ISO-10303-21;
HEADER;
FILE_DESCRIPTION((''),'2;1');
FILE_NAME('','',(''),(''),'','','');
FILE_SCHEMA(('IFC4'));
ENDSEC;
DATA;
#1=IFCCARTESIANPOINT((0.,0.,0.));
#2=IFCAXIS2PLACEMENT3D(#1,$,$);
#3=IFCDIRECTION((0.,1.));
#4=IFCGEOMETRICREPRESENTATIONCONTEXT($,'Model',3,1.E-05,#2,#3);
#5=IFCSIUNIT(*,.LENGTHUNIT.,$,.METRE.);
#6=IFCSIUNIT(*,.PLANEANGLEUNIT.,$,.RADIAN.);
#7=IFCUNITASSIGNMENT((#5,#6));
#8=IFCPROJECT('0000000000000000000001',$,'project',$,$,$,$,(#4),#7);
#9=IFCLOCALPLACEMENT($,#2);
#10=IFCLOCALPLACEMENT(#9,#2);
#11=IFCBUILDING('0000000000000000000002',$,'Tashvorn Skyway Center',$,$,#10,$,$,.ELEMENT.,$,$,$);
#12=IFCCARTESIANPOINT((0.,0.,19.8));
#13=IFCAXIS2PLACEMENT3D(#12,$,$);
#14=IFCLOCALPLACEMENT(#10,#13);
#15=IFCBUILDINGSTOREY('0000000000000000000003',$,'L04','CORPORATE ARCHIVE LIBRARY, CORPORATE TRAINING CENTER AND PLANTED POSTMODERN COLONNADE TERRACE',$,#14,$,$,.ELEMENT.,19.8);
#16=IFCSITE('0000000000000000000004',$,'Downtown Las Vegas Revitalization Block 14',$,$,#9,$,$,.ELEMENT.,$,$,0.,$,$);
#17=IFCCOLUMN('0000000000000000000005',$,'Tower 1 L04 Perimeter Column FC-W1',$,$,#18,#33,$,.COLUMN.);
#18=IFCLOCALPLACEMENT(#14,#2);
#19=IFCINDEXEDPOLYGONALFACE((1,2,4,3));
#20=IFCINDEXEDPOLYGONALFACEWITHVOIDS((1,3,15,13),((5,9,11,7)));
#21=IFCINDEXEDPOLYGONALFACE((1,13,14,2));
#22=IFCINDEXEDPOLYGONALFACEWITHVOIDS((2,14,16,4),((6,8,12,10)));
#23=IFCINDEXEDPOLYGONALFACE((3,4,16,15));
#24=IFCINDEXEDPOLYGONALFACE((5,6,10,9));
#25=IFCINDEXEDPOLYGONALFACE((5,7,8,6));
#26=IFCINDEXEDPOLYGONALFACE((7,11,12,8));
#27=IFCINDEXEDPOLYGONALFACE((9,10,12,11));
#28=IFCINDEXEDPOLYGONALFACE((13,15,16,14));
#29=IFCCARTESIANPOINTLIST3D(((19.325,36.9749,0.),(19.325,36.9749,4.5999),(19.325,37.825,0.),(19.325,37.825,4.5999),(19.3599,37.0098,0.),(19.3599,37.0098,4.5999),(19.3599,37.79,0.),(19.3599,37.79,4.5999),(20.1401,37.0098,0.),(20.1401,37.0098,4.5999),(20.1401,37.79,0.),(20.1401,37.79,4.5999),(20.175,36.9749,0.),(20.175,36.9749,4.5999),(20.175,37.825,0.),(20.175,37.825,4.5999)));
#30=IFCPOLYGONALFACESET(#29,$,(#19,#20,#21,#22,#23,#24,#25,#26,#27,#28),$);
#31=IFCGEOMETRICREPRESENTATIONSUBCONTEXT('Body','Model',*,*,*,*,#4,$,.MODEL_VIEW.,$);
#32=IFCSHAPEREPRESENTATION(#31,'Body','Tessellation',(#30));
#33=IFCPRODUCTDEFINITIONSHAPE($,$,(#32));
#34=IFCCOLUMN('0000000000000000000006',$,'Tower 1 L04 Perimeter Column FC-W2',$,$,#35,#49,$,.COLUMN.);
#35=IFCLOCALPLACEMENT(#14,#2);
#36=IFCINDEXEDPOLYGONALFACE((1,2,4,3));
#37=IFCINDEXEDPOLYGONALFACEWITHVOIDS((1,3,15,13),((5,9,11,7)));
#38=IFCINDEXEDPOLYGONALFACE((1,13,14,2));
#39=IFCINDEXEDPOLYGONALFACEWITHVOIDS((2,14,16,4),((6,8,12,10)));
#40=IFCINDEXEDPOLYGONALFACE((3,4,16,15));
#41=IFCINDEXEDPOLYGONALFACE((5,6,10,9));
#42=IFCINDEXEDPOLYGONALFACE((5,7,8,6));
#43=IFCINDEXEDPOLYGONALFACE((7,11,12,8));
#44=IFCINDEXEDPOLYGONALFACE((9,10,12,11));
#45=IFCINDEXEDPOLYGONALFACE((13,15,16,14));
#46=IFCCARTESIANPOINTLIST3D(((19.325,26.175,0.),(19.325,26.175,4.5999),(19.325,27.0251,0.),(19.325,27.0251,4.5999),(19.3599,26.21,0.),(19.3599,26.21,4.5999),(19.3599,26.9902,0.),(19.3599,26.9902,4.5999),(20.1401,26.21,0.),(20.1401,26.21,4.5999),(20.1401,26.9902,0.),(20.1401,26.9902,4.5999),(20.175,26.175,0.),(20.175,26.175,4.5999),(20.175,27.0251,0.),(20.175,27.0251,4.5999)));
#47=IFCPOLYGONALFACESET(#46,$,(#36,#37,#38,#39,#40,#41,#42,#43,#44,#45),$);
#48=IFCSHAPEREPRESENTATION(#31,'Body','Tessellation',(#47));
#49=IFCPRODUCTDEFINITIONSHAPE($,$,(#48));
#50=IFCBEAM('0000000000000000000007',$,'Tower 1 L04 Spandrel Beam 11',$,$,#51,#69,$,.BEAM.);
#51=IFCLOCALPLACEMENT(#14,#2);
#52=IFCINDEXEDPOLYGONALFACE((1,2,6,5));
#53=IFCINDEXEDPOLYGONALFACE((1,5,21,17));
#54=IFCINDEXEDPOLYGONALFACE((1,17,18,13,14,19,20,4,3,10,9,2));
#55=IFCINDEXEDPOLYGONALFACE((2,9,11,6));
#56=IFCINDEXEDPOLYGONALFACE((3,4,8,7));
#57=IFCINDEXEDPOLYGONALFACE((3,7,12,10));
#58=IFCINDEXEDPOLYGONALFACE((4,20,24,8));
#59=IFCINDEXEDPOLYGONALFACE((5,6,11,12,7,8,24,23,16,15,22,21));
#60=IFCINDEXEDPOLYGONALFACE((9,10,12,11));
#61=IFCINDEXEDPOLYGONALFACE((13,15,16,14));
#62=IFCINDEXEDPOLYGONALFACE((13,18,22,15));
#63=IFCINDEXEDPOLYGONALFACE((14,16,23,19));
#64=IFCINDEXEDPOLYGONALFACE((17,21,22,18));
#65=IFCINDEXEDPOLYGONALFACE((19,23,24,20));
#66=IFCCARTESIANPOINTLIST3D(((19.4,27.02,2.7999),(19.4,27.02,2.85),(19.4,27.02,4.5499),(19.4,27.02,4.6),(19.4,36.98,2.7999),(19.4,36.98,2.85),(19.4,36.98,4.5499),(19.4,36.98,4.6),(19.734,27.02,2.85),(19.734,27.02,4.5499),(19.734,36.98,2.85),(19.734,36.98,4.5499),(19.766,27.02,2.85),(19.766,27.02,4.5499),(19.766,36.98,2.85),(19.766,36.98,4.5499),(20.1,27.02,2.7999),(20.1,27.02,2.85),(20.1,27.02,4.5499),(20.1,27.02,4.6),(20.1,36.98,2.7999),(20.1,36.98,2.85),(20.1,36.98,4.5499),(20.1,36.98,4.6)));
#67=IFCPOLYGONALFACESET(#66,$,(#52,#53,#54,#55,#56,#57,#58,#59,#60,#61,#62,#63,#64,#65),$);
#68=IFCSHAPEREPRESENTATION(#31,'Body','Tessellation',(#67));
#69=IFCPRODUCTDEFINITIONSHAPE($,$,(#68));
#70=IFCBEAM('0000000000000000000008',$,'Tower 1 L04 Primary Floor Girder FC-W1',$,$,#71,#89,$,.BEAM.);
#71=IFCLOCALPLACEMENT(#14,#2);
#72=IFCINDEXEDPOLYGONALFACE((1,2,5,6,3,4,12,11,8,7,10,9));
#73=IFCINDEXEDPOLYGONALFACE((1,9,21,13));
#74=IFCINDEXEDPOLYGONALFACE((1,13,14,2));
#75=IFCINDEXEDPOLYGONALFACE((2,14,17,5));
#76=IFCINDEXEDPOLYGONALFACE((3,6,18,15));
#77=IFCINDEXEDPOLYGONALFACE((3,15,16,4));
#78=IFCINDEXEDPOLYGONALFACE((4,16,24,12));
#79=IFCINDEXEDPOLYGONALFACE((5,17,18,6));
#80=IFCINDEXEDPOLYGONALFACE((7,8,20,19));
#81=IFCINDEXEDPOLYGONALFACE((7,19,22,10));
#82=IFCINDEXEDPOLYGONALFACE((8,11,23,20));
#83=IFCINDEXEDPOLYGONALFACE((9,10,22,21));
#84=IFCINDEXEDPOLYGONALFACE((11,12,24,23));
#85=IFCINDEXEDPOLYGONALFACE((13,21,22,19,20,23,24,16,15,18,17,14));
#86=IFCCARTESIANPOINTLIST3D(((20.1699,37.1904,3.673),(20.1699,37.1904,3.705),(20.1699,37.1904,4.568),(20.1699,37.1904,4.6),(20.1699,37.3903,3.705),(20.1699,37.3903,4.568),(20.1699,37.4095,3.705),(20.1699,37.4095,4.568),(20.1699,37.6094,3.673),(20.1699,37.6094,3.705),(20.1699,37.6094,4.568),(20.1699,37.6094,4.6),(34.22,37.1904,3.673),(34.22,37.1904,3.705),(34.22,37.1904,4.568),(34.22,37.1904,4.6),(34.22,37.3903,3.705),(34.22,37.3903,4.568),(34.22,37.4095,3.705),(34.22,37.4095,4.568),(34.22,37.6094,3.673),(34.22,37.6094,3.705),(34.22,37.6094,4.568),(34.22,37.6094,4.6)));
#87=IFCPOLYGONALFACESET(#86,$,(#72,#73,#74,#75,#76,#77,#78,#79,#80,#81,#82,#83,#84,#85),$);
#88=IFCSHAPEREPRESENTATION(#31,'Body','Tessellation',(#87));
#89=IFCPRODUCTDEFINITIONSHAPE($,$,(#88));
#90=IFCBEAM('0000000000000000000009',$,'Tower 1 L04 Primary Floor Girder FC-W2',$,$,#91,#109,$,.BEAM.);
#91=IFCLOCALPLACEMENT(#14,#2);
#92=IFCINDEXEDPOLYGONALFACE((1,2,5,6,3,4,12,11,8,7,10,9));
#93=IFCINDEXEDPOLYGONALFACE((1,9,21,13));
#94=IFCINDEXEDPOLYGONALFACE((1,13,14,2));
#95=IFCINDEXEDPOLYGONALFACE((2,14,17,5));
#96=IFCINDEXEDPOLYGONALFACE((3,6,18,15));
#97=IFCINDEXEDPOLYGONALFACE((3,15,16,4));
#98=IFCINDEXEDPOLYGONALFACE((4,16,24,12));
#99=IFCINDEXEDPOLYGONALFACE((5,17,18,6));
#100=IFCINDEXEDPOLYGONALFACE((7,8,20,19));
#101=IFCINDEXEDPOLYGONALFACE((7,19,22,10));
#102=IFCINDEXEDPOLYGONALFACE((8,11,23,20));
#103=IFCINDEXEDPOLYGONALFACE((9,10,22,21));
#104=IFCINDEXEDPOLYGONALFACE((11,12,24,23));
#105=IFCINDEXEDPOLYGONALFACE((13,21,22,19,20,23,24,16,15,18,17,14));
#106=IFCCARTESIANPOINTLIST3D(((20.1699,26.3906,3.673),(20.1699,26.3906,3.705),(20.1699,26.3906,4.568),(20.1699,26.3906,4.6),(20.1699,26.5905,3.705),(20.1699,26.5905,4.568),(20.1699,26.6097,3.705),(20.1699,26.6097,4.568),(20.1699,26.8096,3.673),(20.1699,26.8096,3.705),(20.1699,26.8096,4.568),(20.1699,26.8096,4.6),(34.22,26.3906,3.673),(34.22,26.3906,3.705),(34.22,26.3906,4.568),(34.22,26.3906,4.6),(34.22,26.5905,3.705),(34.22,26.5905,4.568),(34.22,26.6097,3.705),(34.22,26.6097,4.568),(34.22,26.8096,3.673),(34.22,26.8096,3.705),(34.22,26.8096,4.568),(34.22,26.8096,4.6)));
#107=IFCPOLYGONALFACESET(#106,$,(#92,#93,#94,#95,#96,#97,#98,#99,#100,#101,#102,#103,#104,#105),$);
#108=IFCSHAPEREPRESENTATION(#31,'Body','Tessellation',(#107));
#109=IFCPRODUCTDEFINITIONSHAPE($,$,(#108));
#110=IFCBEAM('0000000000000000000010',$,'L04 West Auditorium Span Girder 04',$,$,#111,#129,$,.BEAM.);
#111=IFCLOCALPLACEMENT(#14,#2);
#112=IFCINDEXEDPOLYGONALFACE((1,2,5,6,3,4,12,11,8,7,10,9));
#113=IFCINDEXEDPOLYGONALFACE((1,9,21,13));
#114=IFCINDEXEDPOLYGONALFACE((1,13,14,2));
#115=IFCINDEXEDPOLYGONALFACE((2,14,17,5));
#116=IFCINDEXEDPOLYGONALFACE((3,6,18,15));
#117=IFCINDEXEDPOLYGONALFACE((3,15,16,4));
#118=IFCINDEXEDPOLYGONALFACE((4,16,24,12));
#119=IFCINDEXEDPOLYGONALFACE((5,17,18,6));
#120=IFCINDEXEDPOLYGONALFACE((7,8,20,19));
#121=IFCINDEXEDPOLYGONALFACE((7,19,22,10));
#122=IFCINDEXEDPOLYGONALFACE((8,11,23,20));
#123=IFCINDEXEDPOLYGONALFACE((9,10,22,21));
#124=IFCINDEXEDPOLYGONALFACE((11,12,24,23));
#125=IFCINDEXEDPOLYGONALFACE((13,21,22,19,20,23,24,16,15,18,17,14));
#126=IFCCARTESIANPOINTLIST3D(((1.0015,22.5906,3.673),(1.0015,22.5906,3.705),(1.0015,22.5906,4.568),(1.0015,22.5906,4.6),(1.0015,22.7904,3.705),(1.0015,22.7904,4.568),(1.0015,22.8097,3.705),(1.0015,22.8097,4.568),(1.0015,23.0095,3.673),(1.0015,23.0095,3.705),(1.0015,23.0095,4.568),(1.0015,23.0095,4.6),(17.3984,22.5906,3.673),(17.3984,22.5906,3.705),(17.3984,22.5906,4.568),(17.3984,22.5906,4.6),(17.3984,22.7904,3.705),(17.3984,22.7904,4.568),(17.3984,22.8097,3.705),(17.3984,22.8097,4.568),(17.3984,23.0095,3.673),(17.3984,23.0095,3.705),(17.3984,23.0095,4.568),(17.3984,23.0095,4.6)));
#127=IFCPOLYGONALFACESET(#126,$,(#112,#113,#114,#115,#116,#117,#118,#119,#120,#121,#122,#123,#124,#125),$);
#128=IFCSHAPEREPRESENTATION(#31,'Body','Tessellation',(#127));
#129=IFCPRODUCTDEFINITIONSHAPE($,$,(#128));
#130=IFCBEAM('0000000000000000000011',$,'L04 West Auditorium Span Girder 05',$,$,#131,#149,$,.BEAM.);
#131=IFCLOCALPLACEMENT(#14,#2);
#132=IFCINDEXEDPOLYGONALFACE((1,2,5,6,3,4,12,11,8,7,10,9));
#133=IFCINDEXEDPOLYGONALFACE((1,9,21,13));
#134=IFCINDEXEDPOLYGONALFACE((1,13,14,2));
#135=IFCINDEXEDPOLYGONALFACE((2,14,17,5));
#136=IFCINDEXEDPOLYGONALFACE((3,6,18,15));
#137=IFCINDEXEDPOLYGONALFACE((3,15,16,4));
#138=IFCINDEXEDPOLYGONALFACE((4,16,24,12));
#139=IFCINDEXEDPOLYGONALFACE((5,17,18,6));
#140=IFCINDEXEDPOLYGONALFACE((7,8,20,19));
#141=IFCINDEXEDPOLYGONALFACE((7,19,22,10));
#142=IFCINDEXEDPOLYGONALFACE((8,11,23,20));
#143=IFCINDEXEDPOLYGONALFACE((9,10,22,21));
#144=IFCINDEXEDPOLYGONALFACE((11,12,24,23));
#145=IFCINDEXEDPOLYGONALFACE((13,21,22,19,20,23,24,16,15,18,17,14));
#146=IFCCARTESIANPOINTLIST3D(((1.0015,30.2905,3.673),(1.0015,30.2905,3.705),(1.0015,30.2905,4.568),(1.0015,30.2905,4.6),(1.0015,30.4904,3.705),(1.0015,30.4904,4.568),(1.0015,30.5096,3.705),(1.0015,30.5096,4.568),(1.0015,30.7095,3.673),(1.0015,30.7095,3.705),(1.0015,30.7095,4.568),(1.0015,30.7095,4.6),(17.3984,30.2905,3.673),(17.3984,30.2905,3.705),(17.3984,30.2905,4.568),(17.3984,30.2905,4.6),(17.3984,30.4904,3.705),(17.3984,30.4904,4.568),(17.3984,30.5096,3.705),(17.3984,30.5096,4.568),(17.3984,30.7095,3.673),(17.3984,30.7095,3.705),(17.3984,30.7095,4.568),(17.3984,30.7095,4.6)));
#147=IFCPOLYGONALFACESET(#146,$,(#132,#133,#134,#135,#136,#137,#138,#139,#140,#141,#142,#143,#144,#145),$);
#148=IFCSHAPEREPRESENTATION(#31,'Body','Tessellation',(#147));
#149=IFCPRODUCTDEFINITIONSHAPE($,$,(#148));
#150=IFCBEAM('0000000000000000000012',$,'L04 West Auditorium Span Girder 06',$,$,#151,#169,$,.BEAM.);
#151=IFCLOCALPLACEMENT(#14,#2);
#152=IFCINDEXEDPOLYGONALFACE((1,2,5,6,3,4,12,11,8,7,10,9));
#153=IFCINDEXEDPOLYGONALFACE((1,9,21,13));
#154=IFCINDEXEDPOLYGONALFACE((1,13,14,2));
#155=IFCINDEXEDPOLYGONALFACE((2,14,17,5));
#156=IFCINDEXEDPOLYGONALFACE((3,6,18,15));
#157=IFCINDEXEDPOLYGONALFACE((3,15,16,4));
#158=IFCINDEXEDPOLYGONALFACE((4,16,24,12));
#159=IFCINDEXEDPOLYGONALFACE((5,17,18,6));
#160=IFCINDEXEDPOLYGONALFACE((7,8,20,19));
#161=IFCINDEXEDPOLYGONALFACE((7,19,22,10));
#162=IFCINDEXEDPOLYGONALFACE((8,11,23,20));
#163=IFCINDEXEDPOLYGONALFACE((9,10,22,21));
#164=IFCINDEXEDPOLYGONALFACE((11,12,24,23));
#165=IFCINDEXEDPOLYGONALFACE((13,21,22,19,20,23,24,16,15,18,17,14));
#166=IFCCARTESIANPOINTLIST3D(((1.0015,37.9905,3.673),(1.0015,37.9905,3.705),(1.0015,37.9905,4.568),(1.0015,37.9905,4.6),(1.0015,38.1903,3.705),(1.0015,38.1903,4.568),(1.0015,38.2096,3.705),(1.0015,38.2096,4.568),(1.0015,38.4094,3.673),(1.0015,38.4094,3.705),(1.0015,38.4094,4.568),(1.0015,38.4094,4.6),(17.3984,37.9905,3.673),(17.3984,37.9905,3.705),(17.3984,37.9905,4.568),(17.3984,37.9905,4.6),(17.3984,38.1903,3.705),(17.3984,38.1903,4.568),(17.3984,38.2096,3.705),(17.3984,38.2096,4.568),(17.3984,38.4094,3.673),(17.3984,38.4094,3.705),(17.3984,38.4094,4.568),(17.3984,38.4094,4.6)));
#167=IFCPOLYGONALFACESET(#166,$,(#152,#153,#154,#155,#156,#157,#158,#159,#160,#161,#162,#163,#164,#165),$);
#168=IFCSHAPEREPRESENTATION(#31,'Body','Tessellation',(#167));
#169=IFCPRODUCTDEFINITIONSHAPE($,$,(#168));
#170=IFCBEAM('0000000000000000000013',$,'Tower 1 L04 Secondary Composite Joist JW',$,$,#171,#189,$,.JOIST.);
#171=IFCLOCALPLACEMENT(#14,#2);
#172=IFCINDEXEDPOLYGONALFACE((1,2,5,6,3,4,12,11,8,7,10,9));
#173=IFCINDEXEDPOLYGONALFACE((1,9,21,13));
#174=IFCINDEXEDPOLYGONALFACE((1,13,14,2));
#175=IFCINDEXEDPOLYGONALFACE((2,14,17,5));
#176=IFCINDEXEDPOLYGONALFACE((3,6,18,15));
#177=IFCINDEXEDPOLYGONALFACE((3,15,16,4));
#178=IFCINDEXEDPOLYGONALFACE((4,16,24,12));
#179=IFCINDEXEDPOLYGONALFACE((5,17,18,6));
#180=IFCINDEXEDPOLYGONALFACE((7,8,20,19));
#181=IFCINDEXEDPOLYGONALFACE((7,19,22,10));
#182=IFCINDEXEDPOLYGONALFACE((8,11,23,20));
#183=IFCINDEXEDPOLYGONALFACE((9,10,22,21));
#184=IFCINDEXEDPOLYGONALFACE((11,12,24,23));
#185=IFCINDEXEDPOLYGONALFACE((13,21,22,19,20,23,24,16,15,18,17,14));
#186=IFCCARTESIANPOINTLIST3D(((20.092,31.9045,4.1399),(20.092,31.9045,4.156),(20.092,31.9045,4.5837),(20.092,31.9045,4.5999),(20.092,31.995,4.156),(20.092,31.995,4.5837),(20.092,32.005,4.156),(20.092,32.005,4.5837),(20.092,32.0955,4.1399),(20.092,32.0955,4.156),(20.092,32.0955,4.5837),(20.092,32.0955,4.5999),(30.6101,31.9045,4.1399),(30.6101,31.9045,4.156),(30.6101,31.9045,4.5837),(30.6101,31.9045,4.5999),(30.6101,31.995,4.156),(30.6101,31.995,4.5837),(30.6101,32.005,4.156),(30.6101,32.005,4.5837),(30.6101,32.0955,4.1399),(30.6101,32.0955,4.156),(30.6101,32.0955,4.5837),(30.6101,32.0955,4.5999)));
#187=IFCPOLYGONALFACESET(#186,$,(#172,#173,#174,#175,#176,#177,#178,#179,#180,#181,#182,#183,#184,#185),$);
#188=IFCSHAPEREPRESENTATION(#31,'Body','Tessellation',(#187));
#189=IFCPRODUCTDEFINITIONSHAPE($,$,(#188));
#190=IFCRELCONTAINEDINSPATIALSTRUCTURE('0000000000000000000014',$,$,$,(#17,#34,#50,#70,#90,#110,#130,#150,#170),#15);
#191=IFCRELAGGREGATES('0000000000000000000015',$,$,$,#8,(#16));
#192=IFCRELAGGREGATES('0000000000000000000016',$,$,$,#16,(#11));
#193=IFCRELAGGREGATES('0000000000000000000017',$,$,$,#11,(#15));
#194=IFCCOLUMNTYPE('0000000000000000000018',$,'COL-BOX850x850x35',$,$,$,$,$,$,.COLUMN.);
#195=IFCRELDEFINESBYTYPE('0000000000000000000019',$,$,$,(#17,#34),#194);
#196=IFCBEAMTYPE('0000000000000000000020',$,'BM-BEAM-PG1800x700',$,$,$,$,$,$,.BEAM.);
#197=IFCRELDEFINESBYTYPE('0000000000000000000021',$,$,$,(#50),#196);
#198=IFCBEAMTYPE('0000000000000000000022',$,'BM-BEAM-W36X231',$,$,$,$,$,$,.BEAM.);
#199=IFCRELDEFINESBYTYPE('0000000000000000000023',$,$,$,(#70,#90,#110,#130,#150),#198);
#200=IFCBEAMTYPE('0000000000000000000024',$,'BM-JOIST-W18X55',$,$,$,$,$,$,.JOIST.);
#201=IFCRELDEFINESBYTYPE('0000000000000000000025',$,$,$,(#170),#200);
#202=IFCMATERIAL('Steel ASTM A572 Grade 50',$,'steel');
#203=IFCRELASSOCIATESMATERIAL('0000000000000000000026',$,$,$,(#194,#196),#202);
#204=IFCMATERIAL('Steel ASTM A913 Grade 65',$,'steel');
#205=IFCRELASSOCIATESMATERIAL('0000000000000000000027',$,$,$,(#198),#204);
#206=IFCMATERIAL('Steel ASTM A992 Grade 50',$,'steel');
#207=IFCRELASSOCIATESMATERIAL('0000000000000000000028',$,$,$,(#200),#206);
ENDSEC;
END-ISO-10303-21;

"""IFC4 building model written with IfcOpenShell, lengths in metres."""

from ifc_helpers import new_model, si_unit, direction, frame, origin, origin_2d, place, context, subcontext, project, spatial, hollow_rectangle, i_section, extrude, material, material_profile, profile_set, type_object, element, save


model = new_model("IFC4")

# Units and contexts
model_context = context("Model", 3, precision=1e-05, world=origin(), true_north=direction((0.0, 1.0)))
body_context = subcontext(model_context, "Body", "Model", "MODEL_VIEW")
ifc_project = project(units=[si_unit("LENGTHUNIT", "METRE"), si_unit("PLANEANGLEUNIT", "RADIAN")], contexts=[model_context])

# Site, building, storey
site_placement = place(None, origin())
site = spatial("IfcSite", under=ifc_project, at=site_placement, Name="Downtown Las Vegas Revitalization Block 14", CompositionType="ELEMENT", RefElevation=0.0)
building_placement = place(site_placement, origin())
building = spatial("IfcBuilding", under=site, at=building_placement, Name="Tashvorn Skyway Center", CompositionType="ELEMENT")
storey_placement = place(building_placement, frame((0.0, 0.0, 19.8)))
storey = spatial("IfcBuildingStorey", under=building, at=storey_placement, Name="L04", Description="CORPORATE ARCHIVE LIBRARY, CORPORATE TRAINING CENTER AND PLANTED POSTMODERN COLONNADE TERRACE", CompositionType="ELEMENT", Elevation=19.8)

# Columns
ifc_material_1 = material(Name="Steel ASTM A572 Grade 50", Category="steel")
ifc_material_profile_1 = material_profile(ifc_material_1, hollow_rectangle(XDim=0.8501, YDim=0.8501, WallThickness=0.0349, at=origin_2d()), Name="BOX850x850x35")
ifc_profile_set_1 = profile_set([ifc_material_profile_1], Name="Steel ASTM A572 Grade 50")
column_type = type_object("IfcColumnType", Name="COL-BOX850x850x35", PredefinedType="COLUMN", material=ifc_profile_set_1)
for number, where, z_axis, x_axis, name in (
    (1, (19.75, 37.3999, 0.0), (0.0, 0.0, 1.0), (1.0, 0.0, 0.0), "Tower 1 L04 Perimeter Column FC-W1"),
    (2, (19.75, 26.6001, 0.0), (0.0, 0.0, 1.0), (1.0, 0.0, 0.0), "Tower 1 L04 Perimeter Column FC-W2"),
):
    element("IfcColumn", number, at=place(storey_placement, frame(where, z_axis=z_axis, x_axis=x_axis)), inside=storey, type_object=column_type, Name=name, PredefinedType="COLUMN", context=body_context, shape_type="SweptSolid", body=[
        extrude(hollow_rectangle(XDim=0.8501, YDim=0.8501, WallThickness=0.0349, at=origin_2d()), origin(), (0.0, 0.0, 1.0), 4.5999),
    ])

# Beams
ifc_material_profile_2 = material_profile(ifc_material_1, i_section(OverallWidth=0.7, OverallDepth=1.8, WebThickness=0.032, FlangeThickness=0.05, at=origin_2d()), Name="PG1800x700")
ifc_profile_set_2 = profile_set([ifc_material_profile_2], Name="Steel ASTM A572 Grade 50")
beam_type_1 = type_object("IfcBeamType", Name="BM-BEAM-PG1800x700", PredefinedType="BEAM", material=ifc_profile_set_2)
beam_1_placement = place(storey_placement, frame((19.75, 36.98, 3.7), z_axis=(0.0, -1.0, 0.0), x_axis=(1.0, 0.0, 0.0)))
element("IfcBeam", 3, at=beam_1_placement, inside=storey, type_object=beam_type_1, Name="Tower 1 L04 Spandrel Beam 11", PredefinedType="BEAM", context=body_context, shape_type="SweptSolid", body=[
    extrude(i_section(OverallWidth=0.7, OverallDepth=1.8, WebThickness=0.032, FlangeThickness=0.05, at=origin_2d()), origin(), (0.0, 0.0, 1.0), 9.96),
])
ifc_material_2 = material(Name="Steel ASTM A913 Grade 65", Category="steel")
ifc_material_profile_3 = material_profile(ifc_material_2, i_section(OverallWidth=0.4189, OverallDepth=0.927, WebThickness=0.0193, FlangeThickness=0.032, at=origin_2d()), Name="W36X231")
ifc_profile_set_3 = profile_set([ifc_material_profile_3], Name="Steel ASTM A913 Grade 65")
beam_type_2 = type_object("IfcBeamType", Name="BM-BEAM-W36X231", PredefinedType="BEAM", material=ifc_profile_set_3)
for number, where, z_axis, x_axis, name in (
    (4, (20.1699, 37.3999, 4.1365), (1.0, 0.0, 0.0), (0.0, 1.0, 0.0), "Tower 1 L04 Primary Floor Girder FC-W1"),
    (5, (20.1699, 26.6001, 4.1365), (1.0, 0.0, 0.0), (0.0, 1.0, 0.0), "Tower 1 L04 Primary Floor Girder FC-W2"),
):
    element("IfcBeam", number, at=place(storey_placement, frame(where, z_axis=z_axis, x_axis=x_axis)), inside=storey, type_object=beam_type_2, Name=name, PredefinedType="BEAM", context=body_context, shape_type="SweptSolid", body=[
        extrude(i_section(OverallWidth=0.4189, OverallDepth=0.927, WebThickness=0.0193, FlangeThickness=0.032, at=origin_2d()), origin(), (0.0, 0.0, 1.0), 14.05),
    ])
for number, where, z_axis, x_axis, name in (
    (6, (1.0015, 22.8, 4.1365), (1.0, 0.0, 0.0), (0.0, 1.0, 0.0), "L04 West Auditorium Span Girder 04"),
    (7, (1.0015, 30.5, 4.1365), (1.0, 0.0, 0.0), (0.0, 1.0, 0.0), "L04 West Auditorium Span Girder 05"),
    (8, (1.0015, 38.2, 4.1365), (1.0, 0.0, 0.0), (0.0, 1.0, 0.0), "L04 West Auditorium Span Girder 06"),
):
    element("IfcBeam", number, at=place(storey_placement, frame(where, z_axis=z_axis, x_axis=x_axis)), inside=storey, type_object=beam_type_2, Name=name, PredefinedType="BEAM", context=body_context, shape_type="SweptSolid", body=[
        extrude(i_section(OverallWidth=0.4189, OverallDepth=0.927, WebThickness=0.0193, FlangeThickness=0.032, at=origin_2d()), origin(), (0.0, 0.0, 1.0), 16.397),
    ])
ifc_material_3 = material(Name="Steel ASTM A992 Grade 50", Category="steel")
ifc_material_profile_4 = material_profile(ifc_material_3, i_section(OverallWidth=0.1909, OverallDepth=0.46, WebThickness=0.01, FlangeThickness=0.0161, at=origin_2d()), Name="W18X55")
ifc_profile_set_4 = profile_set([ifc_material_profile_4], Name="Steel ASTM A992 Grade 50")
beam_type_3 = type_object("IfcBeamType", Name="BM-JOIST-W18X55", PredefinedType="JOIST", material=ifc_profile_set_4)
beam_2_placement = place(storey_placement, frame((30.6101, 32.0, 4.3699), z_axis=(-1.0, 0.0, 0.0), x_axis=(0.0, -1.0, 0.0)))
element("IfcBeam", 9, at=beam_2_placement, inside=storey, type_object=beam_type_3, Name="Tower 1 L04 Secondary Composite Joist JW", PredefinedType="JOIST", context=body_context, shape_type="SweptSolid", body=[
    extrude(i_section(OverallWidth=0.1909, OverallDepth=0.46, WebThickness=0.01, FlangeThickness=0.0161, at=origin_2d()), origin(), (0.0, 0.0, 1.0), 10.5181),
])

save(model, "model.ifc")
